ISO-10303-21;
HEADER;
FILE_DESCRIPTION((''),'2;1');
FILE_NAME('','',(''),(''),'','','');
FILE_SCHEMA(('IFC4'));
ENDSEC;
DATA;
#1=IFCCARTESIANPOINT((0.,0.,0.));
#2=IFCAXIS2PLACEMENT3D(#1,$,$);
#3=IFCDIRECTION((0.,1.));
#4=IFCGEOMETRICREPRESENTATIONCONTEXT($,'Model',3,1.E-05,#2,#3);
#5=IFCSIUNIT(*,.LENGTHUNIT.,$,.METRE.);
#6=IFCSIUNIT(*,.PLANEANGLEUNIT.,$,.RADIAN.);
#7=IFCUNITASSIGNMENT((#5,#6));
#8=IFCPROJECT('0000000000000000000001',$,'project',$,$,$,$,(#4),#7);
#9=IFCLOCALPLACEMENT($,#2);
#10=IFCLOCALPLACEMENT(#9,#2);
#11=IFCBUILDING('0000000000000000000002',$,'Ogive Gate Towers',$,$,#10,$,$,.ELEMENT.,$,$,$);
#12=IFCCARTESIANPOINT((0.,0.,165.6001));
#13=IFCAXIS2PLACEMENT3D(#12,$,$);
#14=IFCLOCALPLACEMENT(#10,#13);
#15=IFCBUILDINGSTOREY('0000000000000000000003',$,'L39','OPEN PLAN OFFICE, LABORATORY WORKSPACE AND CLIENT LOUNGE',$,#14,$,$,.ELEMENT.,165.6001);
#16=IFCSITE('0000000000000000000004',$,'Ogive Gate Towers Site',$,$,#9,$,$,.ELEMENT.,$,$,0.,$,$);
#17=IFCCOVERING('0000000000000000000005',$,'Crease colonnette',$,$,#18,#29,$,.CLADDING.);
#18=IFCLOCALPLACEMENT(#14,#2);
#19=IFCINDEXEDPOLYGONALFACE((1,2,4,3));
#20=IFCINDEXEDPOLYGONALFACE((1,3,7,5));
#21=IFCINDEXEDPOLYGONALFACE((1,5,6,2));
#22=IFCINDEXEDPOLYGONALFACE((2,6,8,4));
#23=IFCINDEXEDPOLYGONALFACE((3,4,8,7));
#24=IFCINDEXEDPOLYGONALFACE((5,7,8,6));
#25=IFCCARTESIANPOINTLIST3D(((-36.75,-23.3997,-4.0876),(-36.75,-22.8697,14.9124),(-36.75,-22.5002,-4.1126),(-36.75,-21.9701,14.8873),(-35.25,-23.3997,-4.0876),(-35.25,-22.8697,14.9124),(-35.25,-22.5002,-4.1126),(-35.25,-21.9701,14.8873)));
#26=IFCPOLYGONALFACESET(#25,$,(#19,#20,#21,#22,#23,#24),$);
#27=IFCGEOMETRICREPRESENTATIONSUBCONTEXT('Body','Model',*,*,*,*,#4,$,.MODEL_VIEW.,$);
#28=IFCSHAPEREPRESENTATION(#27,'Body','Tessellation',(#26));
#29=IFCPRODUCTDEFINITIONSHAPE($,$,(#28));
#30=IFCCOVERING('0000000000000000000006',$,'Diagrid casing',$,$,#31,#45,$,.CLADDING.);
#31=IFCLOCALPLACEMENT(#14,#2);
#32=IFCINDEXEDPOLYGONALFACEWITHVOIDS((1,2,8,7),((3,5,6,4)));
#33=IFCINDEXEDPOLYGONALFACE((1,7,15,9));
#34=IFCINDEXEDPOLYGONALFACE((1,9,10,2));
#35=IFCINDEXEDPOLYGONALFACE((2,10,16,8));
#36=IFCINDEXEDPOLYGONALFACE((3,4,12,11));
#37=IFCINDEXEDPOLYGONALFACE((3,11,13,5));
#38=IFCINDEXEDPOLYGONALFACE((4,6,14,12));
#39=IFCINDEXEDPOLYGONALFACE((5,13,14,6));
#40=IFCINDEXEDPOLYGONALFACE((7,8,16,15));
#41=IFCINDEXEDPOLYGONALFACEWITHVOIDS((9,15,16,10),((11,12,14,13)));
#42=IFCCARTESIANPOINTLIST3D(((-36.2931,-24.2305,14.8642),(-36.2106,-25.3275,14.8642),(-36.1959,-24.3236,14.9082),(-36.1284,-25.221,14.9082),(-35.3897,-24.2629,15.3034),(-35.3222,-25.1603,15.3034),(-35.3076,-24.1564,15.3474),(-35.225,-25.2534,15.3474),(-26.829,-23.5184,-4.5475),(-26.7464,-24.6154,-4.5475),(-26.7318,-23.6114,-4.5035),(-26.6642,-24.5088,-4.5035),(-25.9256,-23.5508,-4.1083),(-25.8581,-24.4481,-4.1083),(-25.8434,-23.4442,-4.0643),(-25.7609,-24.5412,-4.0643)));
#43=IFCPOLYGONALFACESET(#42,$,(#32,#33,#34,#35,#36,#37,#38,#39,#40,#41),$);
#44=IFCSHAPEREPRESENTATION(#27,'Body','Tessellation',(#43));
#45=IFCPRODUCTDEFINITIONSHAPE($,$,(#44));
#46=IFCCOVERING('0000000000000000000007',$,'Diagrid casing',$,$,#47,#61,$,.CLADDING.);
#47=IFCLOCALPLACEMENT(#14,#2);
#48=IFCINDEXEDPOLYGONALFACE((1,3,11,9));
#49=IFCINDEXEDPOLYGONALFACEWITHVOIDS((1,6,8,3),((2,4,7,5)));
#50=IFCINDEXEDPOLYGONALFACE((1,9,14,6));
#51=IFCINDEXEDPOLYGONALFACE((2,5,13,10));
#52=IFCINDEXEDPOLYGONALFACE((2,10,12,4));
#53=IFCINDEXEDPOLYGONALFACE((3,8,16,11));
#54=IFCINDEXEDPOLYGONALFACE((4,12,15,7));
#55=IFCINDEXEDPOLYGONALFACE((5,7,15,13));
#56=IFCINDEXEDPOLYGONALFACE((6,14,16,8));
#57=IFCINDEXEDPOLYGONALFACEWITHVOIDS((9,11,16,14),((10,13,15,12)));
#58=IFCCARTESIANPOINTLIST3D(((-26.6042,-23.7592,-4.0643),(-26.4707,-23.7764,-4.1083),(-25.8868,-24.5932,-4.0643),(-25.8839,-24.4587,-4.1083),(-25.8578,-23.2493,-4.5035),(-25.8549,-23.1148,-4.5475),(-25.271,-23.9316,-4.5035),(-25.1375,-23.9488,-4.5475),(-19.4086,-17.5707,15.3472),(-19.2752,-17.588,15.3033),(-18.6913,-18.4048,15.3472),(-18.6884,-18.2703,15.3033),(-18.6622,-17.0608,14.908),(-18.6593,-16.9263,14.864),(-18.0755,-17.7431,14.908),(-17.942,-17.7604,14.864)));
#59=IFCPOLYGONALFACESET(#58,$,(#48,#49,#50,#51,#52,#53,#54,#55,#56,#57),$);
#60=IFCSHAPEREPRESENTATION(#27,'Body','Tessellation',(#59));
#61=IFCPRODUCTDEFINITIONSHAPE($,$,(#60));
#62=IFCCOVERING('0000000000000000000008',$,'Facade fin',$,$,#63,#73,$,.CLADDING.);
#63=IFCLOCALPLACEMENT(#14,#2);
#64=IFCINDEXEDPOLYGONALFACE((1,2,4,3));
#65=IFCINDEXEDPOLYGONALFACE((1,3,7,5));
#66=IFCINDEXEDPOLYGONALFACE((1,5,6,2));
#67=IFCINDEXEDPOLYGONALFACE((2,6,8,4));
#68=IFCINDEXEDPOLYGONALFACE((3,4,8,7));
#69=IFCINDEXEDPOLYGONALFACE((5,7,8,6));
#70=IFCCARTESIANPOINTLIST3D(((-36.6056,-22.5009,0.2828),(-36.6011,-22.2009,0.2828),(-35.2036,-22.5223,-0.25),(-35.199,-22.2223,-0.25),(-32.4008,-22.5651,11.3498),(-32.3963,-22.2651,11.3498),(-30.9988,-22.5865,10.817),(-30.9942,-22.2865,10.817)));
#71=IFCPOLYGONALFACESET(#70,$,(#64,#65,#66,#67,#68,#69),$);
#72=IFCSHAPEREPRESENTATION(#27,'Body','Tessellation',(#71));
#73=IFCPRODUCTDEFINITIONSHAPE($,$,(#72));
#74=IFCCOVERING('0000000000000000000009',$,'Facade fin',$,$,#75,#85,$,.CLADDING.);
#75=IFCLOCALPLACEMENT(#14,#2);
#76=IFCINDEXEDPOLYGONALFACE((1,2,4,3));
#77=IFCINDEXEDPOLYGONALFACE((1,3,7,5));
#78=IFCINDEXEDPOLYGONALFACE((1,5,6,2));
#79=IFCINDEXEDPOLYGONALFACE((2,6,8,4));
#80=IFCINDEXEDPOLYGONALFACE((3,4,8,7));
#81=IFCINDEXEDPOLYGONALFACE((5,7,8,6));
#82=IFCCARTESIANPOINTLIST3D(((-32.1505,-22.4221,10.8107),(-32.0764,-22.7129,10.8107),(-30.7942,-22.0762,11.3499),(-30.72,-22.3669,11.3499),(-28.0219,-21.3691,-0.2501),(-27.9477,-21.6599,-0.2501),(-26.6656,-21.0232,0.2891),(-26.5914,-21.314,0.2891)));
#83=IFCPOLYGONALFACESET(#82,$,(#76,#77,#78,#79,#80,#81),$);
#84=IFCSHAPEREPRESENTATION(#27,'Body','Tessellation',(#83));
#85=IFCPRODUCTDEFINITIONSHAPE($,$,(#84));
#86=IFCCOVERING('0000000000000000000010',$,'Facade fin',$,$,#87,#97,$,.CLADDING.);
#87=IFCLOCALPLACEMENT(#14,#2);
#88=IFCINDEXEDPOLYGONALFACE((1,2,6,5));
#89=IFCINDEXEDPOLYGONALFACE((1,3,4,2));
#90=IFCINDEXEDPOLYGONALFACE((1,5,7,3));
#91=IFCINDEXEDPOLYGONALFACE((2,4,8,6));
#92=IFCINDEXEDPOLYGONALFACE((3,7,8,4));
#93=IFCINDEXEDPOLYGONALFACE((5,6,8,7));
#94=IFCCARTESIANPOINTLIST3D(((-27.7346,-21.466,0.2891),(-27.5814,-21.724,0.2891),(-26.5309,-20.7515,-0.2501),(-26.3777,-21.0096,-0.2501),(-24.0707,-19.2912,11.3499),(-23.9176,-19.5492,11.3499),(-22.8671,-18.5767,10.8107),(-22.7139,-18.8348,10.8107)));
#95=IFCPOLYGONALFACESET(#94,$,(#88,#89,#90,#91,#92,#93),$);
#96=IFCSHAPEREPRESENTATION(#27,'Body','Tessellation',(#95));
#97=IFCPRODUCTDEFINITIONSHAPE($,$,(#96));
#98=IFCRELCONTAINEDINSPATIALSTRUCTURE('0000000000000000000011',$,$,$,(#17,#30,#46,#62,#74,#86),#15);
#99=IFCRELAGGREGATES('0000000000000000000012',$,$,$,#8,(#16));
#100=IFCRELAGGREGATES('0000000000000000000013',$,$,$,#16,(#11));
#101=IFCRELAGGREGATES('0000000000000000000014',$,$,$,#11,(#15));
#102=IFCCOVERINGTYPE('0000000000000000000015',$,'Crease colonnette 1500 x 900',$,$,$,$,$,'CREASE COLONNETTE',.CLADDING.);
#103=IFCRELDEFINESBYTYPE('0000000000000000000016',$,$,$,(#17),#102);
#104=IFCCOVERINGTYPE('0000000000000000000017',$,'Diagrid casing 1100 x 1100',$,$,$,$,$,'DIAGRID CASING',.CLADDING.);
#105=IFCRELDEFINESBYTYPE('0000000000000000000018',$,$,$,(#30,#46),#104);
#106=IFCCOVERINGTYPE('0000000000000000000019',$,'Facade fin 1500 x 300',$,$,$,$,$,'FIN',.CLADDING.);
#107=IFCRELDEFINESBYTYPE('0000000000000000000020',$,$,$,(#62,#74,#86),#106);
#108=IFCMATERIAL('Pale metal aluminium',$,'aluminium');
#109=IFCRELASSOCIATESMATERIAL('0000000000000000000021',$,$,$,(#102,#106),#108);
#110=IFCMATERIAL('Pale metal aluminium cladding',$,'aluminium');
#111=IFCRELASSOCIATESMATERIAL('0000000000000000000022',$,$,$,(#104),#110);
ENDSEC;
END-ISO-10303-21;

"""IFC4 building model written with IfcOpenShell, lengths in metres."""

from ifc_helpers import new_model, si_unit, direction, frame, origin, origin_2d, place, context, subcontext, project, spatial, rectangle, hollow_rectangle, extrude, material, material_profile, profile_set, type_object, element, save


model = new_model("IFC4")

# Units and contexts
model_context = context("Model", 3, precision=1e-05, world=origin(), true_north=direction((0.0, 1.0)))
body_context = subcontext(model_context, "Body", "Model", "MODEL_VIEW")
ifc_project = project(units=[si_unit("LENGTHUNIT", "METRE"), si_unit("PLANEANGLEUNIT", "RADIAN")], contexts=[model_context])

# Site, building, storey
site_placement = place(None, origin())
site = spatial("IfcSite", under=ifc_project, at=site_placement, Name="Ogive Gate Towers Site", CompositionType="ELEMENT", RefElevation=0.0)
building_placement = place(site_placement, origin())
building = spatial("IfcBuilding", under=site, at=building_placement, Name="Ogive Gate Towers", CompositionType="ELEMENT")
storey_placement = place(building_placement, frame((0.0, 0.0, 165.6001)))
storey = spatial("IfcBuildingStorey", under=building, at=storey_placement, Name="L39", Description="OPEN PLAN OFFICE, LABORATORY WORKSPACE AND CLIENT LOUNGE", CompositionType="ELEMENT", Elevation=165.6001)

# Shared definitions
ifc_material_1 = material(Name="Pale metal aluminium", Category="aluminium")

# Coverings
ifc_material_profile_1 = material_profile(ifc_material_1, rectangle(XDim=1.5, YDim=0.8999, at=origin_2d()), Name="1500 x 900 pale metal aluminium")
ifc_profile_set_1 = profile_set([ifc_material_profile_1], Name="Pale metal aluminium")
covering_type_1 = type_object("IfcCoveringType", Name="Crease colonnette 1500 x 900", ElementType="CREASE COLONNETTE", PredefinedType="CLADDING", material=ifc_profile_set_1)
covering_1_placement = place(storey_placement, frame((-36.0, -22.95, -4.1001), z_axis=(0.0, 0.027885, 0.999611), x_axis=(-1.0, 0.0, 0.0)))
element("IfcCovering", 1, at=covering_1_placement, inside=storey, type_object=covering_type_1, Name="Crease colonnette", PredefinedType="CLADDING", context=body_context, shape_type="SweptSolid", body=[
    extrude(rectangle(XDim=1.5, YDim=0.8999, at=origin_2d()), origin(), (0.0, 0.0, 1.0), 19.0073),
])
ifc_material_2 = material(Name="Pale metal aluminium cladding", Category="aluminium")
ifc_material_profile_2 = material_profile(ifc_material_2, hollow_rectangle(XDim=1.1001, YDim=1.1001, WallThickness=0.1001, at=origin_2d()), Name="1100 x 1100 pale metal casing")
ifc_profile_set_2 = profile_set([ifc_material_profile_2], Name="Pale metal aluminium cladding")
covering_type_2 = type_object("IfcCoveringType", Name="Diagrid casing 1100 x 1100", ElementType="DIAGRID CASING", PredefinedType="CLADDING", material=ifc_profile_set_2)
covering_2_placement = place(storey_placement, frame((-26.2949, -24.0298, -4.3059), z_axis=(-0.438, -0.032959, 0.898371), x_axis=(0.075036, -0.997181, 0.0)))
element("IfcCovering", 2, at=covering_2_placement, inside=storey, type_object=covering_type_2, Name="Diagrid casing", PredefinedType="CLADDING", context=body_context, shape_type="SweptSolid", body=[
    extrude(hollow_rectangle(XDim=1.1001, YDim=1.1001, WallThickness=0.1001, at=origin_2d()), origin(), (0.0, 0.0, 1.0), 21.6077),
])
covering_3_placement = place(storey_placement, frame((-25.8708, -23.854, -4.3059), z_axis=(0.333012, 0.286404, 0.898374), x_axis=(-0.652057, 0.75817, 0.0)))
element("IfcCovering", 3, at=covering_3_placement, inside=storey, type_object=covering_type_2, Name="Diagrid casing", PredefinedType="CLADDING", context=body_context, shape_type="SweptSolid", body=[
    extrude(hollow_rectangle(XDim=1.1001, YDim=1.1001, WallThickness=0.1001, at=origin_2d()), origin(), (0.0, 0.0, 1.0), 21.6074),
])
ifc_material_profile_3 = material_profile(ifc_material_1, rectangle(XDim=0.3, YDim=1.5, at=origin_2d()), Name="1500 x 300 pale metal aluminium")
ifc_profile_set_3 = profile_set([ifc_material_profile_3], Name="Pale metal aluminium")
covering_type_3 = type_object("IfcCoveringType", Name="Facade fin 1500 x 300", ElementType="FIN", PredefinedType="CLADDING", material=ifc_profile_set_3)
covering_4_placement = place(storey_placement, frame((-35.9023, -22.3616, 0.0164), z_axis=(0.355162, -0.005423, 0.934789), x_axis=(0.015268, 0.999883, 0.0)))
element("IfcCovering", 4, at=covering_4_placement, inside=storey, type_object=covering_type_3, Name="Facade fin", PredefinedType="CLADDING", context=body_context, shape_type="SweptSolid", body=[
    extrude(rectangle(XDim=0.3, YDim=1.5, at=origin_2d()), origin(), (0.0, 0.0, 1.0), 11.8391),
])
for number, where, z_axis, x_axis, name in (
    (5, (-27.3066, -21.3416, 0.0195), (-0.34832, -0.088836, 0.933157), (0.24713, -0.968982, 0.0), "Facade fin"),
    (6, (-27.0562, -21.2378, 0.0195), (0.309104, 0.183481, 0.933161), (-0.510437, 0.859915, 0.0), "Facade fin"),
):
    element("IfcCovering", number, at=place(storey_placement, frame(where, z_axis=z_axis, x_axis=x_axis)), inside=storey, type_object=covering_type_3, Name=name, PredefinedType="CLADDING", context=body_context, shape_type="SweptSolid", body=[
        extrude(rectangle(XDim=0.3, YDim=1.5, at=origin_2d()), origin(), (0.0, 0.0, 1.0), 11.853),
    ])

save(model, "model.ifc")
